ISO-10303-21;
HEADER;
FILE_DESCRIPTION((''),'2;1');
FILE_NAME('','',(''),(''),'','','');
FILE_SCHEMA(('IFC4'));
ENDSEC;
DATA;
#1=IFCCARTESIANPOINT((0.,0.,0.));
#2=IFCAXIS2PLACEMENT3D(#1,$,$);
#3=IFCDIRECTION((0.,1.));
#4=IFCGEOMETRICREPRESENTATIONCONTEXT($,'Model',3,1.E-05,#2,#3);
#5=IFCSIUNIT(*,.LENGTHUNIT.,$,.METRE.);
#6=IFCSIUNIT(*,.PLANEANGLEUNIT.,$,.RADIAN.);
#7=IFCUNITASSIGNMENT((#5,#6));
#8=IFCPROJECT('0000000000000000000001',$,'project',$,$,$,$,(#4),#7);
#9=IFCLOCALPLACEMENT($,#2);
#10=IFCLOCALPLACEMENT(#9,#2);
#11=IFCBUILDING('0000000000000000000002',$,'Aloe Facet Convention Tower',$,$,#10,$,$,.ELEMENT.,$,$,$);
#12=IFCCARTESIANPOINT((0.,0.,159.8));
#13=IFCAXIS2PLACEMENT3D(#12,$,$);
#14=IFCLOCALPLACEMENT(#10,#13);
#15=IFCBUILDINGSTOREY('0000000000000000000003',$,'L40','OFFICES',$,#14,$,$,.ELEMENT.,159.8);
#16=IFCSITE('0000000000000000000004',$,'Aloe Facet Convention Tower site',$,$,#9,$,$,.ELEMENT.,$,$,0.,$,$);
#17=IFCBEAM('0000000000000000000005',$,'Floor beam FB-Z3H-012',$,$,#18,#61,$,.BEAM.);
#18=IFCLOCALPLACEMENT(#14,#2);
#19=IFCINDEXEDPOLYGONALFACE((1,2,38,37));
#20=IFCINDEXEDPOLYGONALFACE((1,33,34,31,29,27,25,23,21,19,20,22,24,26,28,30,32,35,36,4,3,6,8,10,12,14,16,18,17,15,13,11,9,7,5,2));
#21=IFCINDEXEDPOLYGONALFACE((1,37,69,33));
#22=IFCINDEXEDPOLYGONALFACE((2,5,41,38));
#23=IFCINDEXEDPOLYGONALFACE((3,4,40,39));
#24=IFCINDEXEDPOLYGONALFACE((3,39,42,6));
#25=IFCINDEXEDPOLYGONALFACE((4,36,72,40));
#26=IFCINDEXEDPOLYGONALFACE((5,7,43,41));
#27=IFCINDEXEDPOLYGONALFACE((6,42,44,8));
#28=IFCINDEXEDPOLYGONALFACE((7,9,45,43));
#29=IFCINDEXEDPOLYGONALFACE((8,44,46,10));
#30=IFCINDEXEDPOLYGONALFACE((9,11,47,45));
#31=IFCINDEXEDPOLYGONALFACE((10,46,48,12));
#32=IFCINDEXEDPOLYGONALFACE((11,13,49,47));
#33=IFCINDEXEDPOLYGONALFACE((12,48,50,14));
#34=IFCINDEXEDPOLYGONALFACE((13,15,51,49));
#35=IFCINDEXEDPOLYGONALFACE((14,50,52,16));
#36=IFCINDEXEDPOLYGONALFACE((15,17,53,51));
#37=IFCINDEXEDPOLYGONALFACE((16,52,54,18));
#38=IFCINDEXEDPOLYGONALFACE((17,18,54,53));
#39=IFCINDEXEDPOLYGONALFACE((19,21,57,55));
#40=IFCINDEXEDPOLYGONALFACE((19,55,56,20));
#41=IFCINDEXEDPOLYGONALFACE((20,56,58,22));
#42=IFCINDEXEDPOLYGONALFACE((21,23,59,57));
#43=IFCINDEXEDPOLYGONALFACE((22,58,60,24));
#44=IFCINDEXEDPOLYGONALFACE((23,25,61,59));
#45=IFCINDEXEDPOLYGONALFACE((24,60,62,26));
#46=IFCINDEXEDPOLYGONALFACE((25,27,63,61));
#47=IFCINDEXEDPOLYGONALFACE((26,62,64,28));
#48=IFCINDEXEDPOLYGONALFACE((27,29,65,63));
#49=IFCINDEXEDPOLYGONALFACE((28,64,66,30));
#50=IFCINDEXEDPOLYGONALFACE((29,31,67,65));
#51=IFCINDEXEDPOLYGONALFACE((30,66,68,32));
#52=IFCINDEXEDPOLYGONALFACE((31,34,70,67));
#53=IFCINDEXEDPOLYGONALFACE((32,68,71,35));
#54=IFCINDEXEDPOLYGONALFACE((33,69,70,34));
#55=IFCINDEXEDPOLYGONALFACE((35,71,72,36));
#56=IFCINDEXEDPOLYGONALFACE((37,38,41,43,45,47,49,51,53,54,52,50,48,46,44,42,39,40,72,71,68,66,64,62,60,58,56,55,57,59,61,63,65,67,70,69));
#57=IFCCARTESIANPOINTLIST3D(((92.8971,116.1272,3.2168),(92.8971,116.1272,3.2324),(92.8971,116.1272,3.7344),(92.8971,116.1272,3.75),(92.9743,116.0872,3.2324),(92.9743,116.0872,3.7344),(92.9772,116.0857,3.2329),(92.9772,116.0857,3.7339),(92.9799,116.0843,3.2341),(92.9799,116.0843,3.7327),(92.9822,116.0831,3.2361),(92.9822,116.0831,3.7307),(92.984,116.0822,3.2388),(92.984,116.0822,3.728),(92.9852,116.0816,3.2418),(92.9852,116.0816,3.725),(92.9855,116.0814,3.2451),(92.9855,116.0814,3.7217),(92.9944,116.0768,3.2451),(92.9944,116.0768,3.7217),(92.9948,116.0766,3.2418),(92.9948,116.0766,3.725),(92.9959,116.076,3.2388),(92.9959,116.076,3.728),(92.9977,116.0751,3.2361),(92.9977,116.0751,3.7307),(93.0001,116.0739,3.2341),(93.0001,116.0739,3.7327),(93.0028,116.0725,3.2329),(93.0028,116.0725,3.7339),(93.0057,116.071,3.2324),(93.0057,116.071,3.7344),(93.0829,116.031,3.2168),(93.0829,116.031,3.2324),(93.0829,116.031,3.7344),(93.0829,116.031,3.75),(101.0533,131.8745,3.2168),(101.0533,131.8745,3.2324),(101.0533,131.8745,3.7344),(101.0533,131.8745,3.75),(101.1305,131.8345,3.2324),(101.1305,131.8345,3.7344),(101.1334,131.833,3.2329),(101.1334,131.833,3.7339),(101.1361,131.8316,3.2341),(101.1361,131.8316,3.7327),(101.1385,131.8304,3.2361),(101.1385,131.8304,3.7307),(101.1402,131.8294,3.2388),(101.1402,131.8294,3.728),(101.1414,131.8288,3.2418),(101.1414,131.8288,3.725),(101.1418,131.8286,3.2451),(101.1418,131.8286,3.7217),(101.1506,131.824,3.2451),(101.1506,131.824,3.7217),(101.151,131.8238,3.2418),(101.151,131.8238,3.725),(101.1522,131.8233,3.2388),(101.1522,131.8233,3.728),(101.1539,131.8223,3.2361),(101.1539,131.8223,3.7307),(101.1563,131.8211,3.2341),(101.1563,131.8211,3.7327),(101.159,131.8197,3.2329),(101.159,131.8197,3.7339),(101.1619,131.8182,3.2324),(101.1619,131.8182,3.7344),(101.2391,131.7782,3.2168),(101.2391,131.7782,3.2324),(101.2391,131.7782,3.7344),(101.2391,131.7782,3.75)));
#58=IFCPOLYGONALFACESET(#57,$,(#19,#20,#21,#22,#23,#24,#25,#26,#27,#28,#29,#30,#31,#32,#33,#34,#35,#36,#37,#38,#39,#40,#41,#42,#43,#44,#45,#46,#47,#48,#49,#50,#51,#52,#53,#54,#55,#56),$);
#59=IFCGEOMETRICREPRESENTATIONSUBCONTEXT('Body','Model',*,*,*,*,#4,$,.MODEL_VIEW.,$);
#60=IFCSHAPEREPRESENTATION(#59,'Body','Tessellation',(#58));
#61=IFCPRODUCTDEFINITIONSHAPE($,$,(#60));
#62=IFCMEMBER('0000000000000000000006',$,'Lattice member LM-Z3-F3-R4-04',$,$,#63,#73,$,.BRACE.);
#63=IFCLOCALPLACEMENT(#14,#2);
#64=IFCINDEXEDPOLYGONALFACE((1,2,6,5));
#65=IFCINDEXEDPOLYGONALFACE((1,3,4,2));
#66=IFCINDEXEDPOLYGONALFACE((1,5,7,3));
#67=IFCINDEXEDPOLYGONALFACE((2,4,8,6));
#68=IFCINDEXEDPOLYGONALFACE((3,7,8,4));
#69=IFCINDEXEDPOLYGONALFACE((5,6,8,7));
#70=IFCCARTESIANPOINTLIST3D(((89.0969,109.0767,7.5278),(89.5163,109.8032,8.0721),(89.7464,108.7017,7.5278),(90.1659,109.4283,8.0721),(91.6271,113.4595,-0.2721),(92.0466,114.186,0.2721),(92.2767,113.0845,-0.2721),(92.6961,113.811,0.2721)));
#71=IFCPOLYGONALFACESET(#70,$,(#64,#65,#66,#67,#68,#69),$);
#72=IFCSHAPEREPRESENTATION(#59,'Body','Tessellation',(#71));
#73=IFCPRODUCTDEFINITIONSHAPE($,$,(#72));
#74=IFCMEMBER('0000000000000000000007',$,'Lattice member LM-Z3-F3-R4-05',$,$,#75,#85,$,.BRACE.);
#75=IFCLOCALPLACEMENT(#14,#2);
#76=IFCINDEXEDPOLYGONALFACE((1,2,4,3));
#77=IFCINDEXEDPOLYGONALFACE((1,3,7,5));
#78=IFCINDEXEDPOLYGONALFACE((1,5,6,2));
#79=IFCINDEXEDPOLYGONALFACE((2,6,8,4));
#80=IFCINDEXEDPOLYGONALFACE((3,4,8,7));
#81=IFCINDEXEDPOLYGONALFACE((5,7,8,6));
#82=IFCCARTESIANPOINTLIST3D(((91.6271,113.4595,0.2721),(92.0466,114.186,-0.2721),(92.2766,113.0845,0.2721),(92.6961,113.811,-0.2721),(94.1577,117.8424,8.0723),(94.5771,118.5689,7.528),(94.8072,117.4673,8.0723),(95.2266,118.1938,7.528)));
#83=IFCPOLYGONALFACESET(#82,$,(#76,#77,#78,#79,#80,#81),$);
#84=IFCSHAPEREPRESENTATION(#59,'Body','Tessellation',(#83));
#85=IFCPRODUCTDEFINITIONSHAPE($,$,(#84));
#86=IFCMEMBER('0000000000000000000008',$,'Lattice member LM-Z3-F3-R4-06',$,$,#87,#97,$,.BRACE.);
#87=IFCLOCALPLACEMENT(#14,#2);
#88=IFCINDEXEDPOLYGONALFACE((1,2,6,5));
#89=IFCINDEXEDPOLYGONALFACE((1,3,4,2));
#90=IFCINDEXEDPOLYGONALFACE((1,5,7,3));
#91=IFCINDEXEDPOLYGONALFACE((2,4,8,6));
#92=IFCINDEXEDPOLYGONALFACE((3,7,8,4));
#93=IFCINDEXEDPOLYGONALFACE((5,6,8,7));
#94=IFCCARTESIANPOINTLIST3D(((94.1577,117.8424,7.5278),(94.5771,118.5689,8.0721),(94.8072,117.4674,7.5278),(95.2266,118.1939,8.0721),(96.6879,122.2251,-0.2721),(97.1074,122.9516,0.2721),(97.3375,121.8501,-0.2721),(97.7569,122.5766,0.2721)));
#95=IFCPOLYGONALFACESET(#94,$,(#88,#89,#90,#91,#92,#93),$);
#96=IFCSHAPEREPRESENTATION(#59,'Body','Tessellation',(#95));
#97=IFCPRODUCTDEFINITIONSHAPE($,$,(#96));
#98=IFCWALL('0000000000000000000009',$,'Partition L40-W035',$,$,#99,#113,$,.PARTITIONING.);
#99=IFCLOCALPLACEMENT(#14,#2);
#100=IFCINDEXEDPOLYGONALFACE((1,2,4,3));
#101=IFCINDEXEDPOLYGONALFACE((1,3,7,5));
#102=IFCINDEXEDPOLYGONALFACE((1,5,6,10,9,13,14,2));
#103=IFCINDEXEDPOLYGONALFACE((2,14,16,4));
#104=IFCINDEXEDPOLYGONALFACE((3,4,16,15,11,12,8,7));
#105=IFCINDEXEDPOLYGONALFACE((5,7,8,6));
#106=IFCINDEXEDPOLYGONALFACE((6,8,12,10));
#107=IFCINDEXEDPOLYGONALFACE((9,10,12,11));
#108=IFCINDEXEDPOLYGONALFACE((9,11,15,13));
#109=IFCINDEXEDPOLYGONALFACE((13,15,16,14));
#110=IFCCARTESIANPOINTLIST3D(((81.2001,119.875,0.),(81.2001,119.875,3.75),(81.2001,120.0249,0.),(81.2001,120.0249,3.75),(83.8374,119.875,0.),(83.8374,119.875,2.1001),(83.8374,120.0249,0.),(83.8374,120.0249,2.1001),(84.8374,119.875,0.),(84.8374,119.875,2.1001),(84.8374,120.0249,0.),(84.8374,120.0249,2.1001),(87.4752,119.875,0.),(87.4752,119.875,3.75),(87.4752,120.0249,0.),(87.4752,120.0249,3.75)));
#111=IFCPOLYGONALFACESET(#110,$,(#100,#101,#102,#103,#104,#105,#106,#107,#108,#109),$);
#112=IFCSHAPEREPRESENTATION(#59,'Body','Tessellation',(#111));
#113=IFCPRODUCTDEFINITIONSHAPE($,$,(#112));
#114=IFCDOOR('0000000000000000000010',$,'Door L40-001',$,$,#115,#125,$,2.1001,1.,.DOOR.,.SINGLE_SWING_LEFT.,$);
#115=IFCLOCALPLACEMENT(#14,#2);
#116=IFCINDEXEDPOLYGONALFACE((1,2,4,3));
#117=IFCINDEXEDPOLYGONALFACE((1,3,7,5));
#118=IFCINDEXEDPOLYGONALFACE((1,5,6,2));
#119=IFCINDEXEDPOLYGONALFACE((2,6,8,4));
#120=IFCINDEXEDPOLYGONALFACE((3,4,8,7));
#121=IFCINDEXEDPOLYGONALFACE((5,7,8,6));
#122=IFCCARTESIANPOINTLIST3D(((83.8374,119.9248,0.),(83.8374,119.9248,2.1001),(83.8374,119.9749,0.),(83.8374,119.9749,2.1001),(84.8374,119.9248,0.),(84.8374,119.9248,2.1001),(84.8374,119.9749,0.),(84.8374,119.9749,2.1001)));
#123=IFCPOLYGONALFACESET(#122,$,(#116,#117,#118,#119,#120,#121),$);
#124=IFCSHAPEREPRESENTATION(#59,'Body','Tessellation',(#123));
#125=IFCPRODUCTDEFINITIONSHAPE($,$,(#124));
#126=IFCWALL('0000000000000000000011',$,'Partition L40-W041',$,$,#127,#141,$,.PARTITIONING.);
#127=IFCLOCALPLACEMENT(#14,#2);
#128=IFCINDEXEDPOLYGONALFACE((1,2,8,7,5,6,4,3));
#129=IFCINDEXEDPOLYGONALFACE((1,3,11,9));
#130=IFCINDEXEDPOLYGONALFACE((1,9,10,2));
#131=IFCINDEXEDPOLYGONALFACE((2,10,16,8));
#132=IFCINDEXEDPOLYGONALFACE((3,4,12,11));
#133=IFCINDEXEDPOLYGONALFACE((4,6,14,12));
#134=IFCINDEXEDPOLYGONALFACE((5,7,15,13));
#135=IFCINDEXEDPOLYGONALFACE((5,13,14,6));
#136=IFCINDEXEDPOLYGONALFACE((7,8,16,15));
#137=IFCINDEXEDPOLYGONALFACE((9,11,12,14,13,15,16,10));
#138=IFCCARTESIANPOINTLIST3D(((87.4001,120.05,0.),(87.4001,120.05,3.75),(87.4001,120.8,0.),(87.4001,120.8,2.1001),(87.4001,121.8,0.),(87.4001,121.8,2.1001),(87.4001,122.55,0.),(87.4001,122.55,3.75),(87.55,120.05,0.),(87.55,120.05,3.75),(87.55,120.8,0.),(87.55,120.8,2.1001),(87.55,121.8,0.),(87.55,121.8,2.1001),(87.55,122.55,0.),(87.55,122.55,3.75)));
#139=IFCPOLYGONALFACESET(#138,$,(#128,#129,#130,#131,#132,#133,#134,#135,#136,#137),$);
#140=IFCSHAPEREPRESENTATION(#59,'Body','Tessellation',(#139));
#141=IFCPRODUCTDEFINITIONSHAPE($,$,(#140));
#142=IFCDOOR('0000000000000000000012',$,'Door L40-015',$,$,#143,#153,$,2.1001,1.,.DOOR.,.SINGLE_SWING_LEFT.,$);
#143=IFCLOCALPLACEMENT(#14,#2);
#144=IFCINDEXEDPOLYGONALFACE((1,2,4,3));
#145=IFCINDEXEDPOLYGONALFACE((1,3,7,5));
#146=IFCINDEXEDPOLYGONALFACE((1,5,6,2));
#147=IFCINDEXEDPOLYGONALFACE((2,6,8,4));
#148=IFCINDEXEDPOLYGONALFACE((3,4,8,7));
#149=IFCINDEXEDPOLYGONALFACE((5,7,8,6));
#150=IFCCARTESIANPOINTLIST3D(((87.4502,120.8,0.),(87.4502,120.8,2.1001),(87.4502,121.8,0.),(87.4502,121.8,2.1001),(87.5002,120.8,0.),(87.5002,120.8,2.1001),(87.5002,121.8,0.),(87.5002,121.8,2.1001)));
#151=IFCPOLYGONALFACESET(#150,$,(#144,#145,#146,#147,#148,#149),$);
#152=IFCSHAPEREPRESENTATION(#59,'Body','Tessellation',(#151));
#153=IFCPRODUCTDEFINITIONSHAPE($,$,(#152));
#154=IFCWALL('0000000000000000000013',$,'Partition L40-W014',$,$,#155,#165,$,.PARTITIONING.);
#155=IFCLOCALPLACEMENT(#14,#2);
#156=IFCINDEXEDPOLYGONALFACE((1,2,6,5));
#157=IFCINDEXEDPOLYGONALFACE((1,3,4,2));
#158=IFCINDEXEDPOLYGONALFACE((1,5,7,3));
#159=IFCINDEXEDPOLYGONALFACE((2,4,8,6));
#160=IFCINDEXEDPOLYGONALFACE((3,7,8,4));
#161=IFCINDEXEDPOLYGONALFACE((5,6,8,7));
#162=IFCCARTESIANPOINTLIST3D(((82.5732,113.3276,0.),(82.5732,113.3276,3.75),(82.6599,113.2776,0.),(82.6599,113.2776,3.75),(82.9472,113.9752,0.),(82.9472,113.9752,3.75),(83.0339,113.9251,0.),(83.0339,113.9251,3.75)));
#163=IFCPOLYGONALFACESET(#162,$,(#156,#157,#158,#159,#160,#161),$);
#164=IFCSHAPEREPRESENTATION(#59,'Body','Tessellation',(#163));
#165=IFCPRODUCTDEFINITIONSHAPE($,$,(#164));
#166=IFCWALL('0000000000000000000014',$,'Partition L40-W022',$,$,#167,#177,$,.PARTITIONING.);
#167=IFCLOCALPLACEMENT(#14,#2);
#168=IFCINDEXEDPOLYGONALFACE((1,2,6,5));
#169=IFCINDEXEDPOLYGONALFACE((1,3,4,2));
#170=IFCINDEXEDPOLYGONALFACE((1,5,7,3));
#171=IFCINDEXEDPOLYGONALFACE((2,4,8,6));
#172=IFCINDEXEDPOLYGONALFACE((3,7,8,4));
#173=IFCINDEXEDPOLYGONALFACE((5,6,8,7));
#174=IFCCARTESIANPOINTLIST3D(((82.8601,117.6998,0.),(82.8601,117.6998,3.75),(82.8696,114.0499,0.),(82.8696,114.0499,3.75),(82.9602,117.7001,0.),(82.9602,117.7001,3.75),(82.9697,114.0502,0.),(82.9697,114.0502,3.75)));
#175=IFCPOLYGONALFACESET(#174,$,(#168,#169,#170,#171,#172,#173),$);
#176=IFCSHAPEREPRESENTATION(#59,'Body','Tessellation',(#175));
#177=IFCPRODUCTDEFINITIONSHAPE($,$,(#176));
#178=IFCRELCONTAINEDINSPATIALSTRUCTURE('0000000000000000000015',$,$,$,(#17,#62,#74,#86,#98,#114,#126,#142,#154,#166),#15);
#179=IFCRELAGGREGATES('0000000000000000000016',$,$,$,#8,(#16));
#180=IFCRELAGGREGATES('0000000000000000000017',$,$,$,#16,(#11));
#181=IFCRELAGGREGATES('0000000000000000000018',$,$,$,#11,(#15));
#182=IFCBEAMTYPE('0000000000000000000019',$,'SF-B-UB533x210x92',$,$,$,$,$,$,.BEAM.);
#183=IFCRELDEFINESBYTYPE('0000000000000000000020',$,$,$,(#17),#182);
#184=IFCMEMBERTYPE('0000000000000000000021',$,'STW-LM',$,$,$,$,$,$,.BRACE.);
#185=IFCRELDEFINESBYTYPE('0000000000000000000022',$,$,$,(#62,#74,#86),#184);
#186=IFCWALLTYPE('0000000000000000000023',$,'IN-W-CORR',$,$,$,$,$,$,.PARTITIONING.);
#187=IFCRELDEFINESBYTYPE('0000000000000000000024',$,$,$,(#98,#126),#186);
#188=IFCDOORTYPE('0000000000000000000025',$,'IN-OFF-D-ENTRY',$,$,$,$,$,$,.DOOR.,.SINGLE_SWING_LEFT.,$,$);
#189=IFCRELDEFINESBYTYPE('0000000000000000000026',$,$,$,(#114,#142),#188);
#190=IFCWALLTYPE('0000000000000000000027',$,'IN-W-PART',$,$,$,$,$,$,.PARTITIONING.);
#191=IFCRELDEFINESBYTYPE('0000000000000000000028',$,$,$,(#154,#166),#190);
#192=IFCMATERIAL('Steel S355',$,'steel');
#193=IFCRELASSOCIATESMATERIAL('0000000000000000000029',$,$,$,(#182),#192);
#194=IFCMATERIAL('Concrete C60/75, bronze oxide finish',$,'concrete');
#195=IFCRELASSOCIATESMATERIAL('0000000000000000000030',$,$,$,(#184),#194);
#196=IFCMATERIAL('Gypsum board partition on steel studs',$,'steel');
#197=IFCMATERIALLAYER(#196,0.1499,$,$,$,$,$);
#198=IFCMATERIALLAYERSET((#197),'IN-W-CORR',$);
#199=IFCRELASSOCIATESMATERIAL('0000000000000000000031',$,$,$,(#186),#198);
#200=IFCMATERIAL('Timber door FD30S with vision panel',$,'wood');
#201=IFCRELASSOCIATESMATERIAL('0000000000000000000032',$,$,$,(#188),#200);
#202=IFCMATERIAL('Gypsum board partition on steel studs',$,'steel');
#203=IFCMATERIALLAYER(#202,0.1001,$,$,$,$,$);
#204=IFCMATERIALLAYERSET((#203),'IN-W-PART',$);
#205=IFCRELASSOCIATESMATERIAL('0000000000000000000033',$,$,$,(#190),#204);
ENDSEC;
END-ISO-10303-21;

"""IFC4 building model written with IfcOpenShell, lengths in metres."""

from ifc_helpers import new_model, si_unit, direction, frame, frame_2d, origin, origin_2d, place, context, subcontext, project, spatial, rectangle, i_section, extrude, material, layer, layer_set, material_profile, profile_set, type_object, element, fill, save


model = new_model("IFC4")

# Units and contexts
model_context = context("Model", 3, precision=1e-05, world=origin(), true_north=direction((0.0, 1.0)))
body_context = subcontext(model_context, "Body", "Model", "MODEL_VIEW")
ifc_project = project(units=[si_unit("LENGTHUNIT", "METRE"), si_unit("PLANEANGLEUNIT", "RADIAN")], contexts=[model_context])

# Site, building, storey
site_placement = place(None, origin())
site = spatial("IfcSite", under=ifc_project, at=site_placement, Name="Aloe Facet Convention Tower site", CompositionType="ELEMENT", RefElevation=0.0)
building_placement = place(site_placement, origin())
building = spatial("IfcBuilding", under=site, at=building_placement, Name="Aloe Facet Convention Tower", CompositionType="ELEMENT")
storey_placement = place(building_placement, frame((0.0, 0.0, 159.8)))
storey = spatial("IfcBuildingStorey", under=building, at=storey_placement, Name="L40", Description="OFFICES", CompositionType="ELEMENT", Elevation=159.8)

# Beam
ifc_material_1 = material(Name="Steel S355", Category="steel")
ifc_material_profile_1 = material_profile(ifc_material_1, i_section(OverallWidth=0.2092, OverallDepth=0.5332, WebThickness=0.01, FlangeThickness=0.0156, FilletRadius=0.0127, at=origin_2d()), Name="UB 533x210x92")
ifc_profile_set_1 = profile_set([ifc_material_profile_1], Name="Steel S355")
beam_type_1 = type_object("IfcBeamType", Name="SF-B-UB533x210x92", PredefinedType="BEAM", material=ifc_profile_set_1)
beam_1_placement = place(storey_placement, frame((92.99, 116.0791, 3.4834), z_axis=(0.459916, 0.887962, 0.0), x_axis=(-0.887962, 0.459916, 0.0)))
element("IfcBeam", 1, at=beam_1_placement, inside=storey, type_object=beam_type_1, Name="Floor beam FB-Z3H-012", PredefinedType="BEAM", context=body_context, shape_type="SweptSolid", body=[
    extrude(i_section(OverallWidth=0.2092, OverallDepth=0.5332, WebThickness=0.01, FlangeThickness=0.0156, FilletRadius=0.0127, at=origin_2d()), origin(), (0.0, 0.0, 1.0), 17.7341),
])

# Members
ifc_material_2 = material(Name="Concrete C60/75, bronze oxide finish", Category="concrete")
ifc_material_profile_2 = material_profile(ifc_material_2, rectangle(XDim=0.75, YDim=1.0, at=origin_2d()), Name="STW-LM")
ifc_profile_set_2 = profile_set([ifc_material_profile_2], Name="Concrete C60/75, bronze oxide finish")
member_type = type_object("IfcMemberType", Name="STW-LM", PredefinedType="BRACE", material=ifc_profile_set_2)
member_1_placement = place(storey_placement, frame((92.1616, 113.6353, 0.0), z_axis=(-0.272132, -0.471373, 0.838899), x_axis=(0.866038, -0.499979, 0.0)))
element("IfcMember", 2, at=member_1_placement, inside=storey, type_object=member_type, Name="Lattice member LM-Z3-F3-R4-04", PredefinedType="BRACE", context=body_context, shape_type="SweptSolid", body=[
    extrude(rectangle(XDim=0.75, YDim=1.0, at=origin_2d()), origin(), (0.0, 0.0, 1.0), 9.2979),
])
member_2_placement = place(storey_placement, frame((92.1616, 113.6353, 0.0), z_axis=(0.272156, 0.47137, 0.838893), x_axis=(-0.866017, 0.500015, 0.0)))
element("IfcMember", 3, at=member_2_placement, inside=storey, type_object=member_type, Name="Lattice member LM-Z3-F3-R4-05", PredefinedType="BRACE", context=body_context, shape_type="SweptSolid", body=[
    extrude(rectangle(XDim=0.75, YDim=1.0, at=origin_2d()), origin(), (0.0, 0.0, 1.0), 9.2981),
])
member_3_placement = place(storey_placement, frame((97.2224, 122.4009, 0.0), z_axis=(-0.272132, -0.471373, 0.838899), x_axis=(0.866038, -0.499979, 0.0)))
element("IfcMember", 4, at=member_3_placement, inside=storey, type_object=member_type, Name="Lattice member LM-Z3-F3-R4-06", PredefinedType="BRACE", context=body_context, shape_type="SweptSolid", body=[
    extrude(rectangle(XDim=0.75, YDim=1.0, at=origin_2d()), origin(), (0.0, 0.0, 1.0), 9.2979),
])

# Walls, openings, doors
ifc_material_3 = material(Name="Gypsum board partition on steel studs", Category="steel")
ifc_layer_1 = layer(ifc_material_3, 0.1499)
ifc_layer_set_1 = layer_set([ifc_layer_1], Name="IN-W-CORR")
wall_type_1 = type_object("IfcWallType", Name="IN-W-CORR", PredefinedType="PARTITIONING", material=ifc_layer_set_1)
wall_1_placement = place(storey_placement, frame((81.2, 119.95, 0.0), z_axis=(0.0, 0.0, 1.0), x_axis=(1.0, 0.0, 0.0)))
wall_1 = element("IfcWall", 5, at=wall_1_placement, inside=storey, type_object=wall_type_1, Name="Partition L40-W035", PredefinedType="PARTITIONING", context=body_context, shape_type="SweptSolid", body=[
    extrude(rectangle(XDim=6.2751, YDim=0.1499, at=frame_2d((3.1377, 0.0))), origin(), (0.0, 0.0, 1.0), 3.75),
])
opening_1_placement = place(wall_1_placement, frame((2.6375, 0.0, 0.0)))
opening_1 = element("IfcOpeningElement", 6, at=opening_1_placement, cuts=wall_1, PredefinedType="OPENING", context=body_context, shape_type="SweptSolid", body=[
    extrude(rectangle(XDim=1.0, YDim=2.1001, at=frame_2d((0.5, 1.05))), frame((0.0, 0.085, 0.0), z_axis=(0.0, -1.0, 0.0), x_axis=(1.0, 0.0, 0.0)), (0.0, 0.0, 1.0), 0.1699),
])
ifc_material_4 = material(Name="Timber door FD30S with vision panel", Category="wood")
door_type_1 = type_object("IfcDoorType", Name="IN-OFF-D-ENTRY", OperationType="SINGLE_SWING_LEFT", PredefinedType="DOOR", material=ifc_material_4)
door_1_placement = place(opening_1_placement, origin())
door_1 = element("IfcDoor", 7, at=door_1_placement, inside=storey, type_object=door_type_1, Name="Door L40-001", OperationType="SINGLE_SWING_LEFT", OverallHeight=2.1001, OverallWidth=1.0, PredefinedType="DOOR", context=body_context, shape_type="SweptSolid", body=[
    extrude(rectangle(XDim=1.0, YDim=2.1001, at=frame_2d((0.5, 1.05))), frame((0.0, 0.0249, 0.0), z_axis=(0.0, -1.0, 0.0), x_axis=(1.0, 0.0, 0.0)), (0.0, 0.0, 1.0), 0.05),
])
fill(opening_1, door_1)
wall_2_placement = place(storey_placement, frame((87.4751, 120.05, 0.0), z_axis=(0.0, 0.0, 1.0), x_axis=(0.0, 1.0, 0.0)))
wall_2 = element("IfcWall", 8, at=wall_2_placement, inside=storey, type_object=wall_type_1, Name="Partition L40-W041", PredefinedType="PARTITIONING", context=body_context, shape_type="SweptSolid", body=[
    extrude(rectangle(XDim=2.5, YDim=0.1499, at=frame_2d((1.25, 0.0))), origin(), (0.0, 0.0, 1.0), 3.75),
])
opening_2_placement = place(wall_2_placement, frame((0.75, 0.0, 0.0)))
opening_2 = element("IfcOpeningElement", 9, at=opening_2_placement, cuts=wall_2, PredefinedType="OPENING", context=body_context, shape_type="SweptSolid", body=[
    extrude(rectangle(XDim=1.0, YDim=2.1001, at=frame_2d((0.5, 1.05))), frame((0.0, 0.085, 0.0), z_axis=(0.0, -1.0, 0.0), x_axis=(1.0, 0.0, 0.0)), (0.0, 0.0, 1.0), 0.1699),
])
door_2_placement = place(opening_2_placement, origin())
door_2 = element("IfcDoor", 10, at=door_2_placement, inside=storey, type_object=door_type_1, Name="Door L40-015", OperationType="SINGLE_SWING_LEFT", OverallHeight=2.1001, OverallWidth=1.0, PredefinedType="DOOR", context=body_context, shape_type="SweptSolid", body=[
    extrude(rectangle(XDim=1.0, YDim=2.1001, at=frame_2d((0.5, 1.05))), frame((0.0, 0.0249, 0.0), z_axis=(0.0, -1.0, 0.0), x_axis=(1.0, 0.0, 0.0)), (0.0, 0.0, 1.0), 0.05),
])
fill(opening_2, door_2)

# Walls
ifc_material_5 = material(Name="Gypsum board partition on steel studs", Category="steel")
ifc_layer_2 = layer(ifc_material_5, 0.1001)
ifc_layer_set_2 = layer_set([ifc_layer_2], Name="IN-W-PART")
wall_type_2 = type_object("IfcWallType", Name="IN-W-PART", PredefinedType="PARTITIONING", material=ifc_layer_set_2)
wall_3_placement = place(storey_placement, frame((82.6165, 113.3025, 0.0), z_axis=(0.0, 0.0, 1.0), x_axis=(0.500212, 0.865903, 0.0)))
element("IfcWall", 11, at=wall_3_placement, inside=storey, type_object=wall_type_2, Name="Partition L40-W014", PredefinedType="PARTITIONING", context=body_context, shape_type="SweptSolid", body=[
    extrude(rectangle(XDim=0.7478, YDim=0.1001, at=frame_2d((0.374, 0.0))), origin(), (0.0, 0.0, 1.0), 3.75),
])
wall_4_placement = place(storey_placement, frame((82.9197, 114.05, 0.0), z_axis=(0.0, 0.0, 1.0), x_axis=(-0.002609, 0.999997, 0.0)))
element("IfcWall", 12, at=wall_4_placement, inside=storey, type_object=wall_type_2, Name="Partition L40-W022", PredefinedType="PARTITIONING", context=body_context, shape_type="SweptSolid", body=[
    extrude(rectangle(XDim=3.6499, YDim=0.1001, at=frame_2d((1.825, 0.0))), origin(), (0.0, 0.0, 1.0), 3.75),
])

save(model, "model.ifc")
